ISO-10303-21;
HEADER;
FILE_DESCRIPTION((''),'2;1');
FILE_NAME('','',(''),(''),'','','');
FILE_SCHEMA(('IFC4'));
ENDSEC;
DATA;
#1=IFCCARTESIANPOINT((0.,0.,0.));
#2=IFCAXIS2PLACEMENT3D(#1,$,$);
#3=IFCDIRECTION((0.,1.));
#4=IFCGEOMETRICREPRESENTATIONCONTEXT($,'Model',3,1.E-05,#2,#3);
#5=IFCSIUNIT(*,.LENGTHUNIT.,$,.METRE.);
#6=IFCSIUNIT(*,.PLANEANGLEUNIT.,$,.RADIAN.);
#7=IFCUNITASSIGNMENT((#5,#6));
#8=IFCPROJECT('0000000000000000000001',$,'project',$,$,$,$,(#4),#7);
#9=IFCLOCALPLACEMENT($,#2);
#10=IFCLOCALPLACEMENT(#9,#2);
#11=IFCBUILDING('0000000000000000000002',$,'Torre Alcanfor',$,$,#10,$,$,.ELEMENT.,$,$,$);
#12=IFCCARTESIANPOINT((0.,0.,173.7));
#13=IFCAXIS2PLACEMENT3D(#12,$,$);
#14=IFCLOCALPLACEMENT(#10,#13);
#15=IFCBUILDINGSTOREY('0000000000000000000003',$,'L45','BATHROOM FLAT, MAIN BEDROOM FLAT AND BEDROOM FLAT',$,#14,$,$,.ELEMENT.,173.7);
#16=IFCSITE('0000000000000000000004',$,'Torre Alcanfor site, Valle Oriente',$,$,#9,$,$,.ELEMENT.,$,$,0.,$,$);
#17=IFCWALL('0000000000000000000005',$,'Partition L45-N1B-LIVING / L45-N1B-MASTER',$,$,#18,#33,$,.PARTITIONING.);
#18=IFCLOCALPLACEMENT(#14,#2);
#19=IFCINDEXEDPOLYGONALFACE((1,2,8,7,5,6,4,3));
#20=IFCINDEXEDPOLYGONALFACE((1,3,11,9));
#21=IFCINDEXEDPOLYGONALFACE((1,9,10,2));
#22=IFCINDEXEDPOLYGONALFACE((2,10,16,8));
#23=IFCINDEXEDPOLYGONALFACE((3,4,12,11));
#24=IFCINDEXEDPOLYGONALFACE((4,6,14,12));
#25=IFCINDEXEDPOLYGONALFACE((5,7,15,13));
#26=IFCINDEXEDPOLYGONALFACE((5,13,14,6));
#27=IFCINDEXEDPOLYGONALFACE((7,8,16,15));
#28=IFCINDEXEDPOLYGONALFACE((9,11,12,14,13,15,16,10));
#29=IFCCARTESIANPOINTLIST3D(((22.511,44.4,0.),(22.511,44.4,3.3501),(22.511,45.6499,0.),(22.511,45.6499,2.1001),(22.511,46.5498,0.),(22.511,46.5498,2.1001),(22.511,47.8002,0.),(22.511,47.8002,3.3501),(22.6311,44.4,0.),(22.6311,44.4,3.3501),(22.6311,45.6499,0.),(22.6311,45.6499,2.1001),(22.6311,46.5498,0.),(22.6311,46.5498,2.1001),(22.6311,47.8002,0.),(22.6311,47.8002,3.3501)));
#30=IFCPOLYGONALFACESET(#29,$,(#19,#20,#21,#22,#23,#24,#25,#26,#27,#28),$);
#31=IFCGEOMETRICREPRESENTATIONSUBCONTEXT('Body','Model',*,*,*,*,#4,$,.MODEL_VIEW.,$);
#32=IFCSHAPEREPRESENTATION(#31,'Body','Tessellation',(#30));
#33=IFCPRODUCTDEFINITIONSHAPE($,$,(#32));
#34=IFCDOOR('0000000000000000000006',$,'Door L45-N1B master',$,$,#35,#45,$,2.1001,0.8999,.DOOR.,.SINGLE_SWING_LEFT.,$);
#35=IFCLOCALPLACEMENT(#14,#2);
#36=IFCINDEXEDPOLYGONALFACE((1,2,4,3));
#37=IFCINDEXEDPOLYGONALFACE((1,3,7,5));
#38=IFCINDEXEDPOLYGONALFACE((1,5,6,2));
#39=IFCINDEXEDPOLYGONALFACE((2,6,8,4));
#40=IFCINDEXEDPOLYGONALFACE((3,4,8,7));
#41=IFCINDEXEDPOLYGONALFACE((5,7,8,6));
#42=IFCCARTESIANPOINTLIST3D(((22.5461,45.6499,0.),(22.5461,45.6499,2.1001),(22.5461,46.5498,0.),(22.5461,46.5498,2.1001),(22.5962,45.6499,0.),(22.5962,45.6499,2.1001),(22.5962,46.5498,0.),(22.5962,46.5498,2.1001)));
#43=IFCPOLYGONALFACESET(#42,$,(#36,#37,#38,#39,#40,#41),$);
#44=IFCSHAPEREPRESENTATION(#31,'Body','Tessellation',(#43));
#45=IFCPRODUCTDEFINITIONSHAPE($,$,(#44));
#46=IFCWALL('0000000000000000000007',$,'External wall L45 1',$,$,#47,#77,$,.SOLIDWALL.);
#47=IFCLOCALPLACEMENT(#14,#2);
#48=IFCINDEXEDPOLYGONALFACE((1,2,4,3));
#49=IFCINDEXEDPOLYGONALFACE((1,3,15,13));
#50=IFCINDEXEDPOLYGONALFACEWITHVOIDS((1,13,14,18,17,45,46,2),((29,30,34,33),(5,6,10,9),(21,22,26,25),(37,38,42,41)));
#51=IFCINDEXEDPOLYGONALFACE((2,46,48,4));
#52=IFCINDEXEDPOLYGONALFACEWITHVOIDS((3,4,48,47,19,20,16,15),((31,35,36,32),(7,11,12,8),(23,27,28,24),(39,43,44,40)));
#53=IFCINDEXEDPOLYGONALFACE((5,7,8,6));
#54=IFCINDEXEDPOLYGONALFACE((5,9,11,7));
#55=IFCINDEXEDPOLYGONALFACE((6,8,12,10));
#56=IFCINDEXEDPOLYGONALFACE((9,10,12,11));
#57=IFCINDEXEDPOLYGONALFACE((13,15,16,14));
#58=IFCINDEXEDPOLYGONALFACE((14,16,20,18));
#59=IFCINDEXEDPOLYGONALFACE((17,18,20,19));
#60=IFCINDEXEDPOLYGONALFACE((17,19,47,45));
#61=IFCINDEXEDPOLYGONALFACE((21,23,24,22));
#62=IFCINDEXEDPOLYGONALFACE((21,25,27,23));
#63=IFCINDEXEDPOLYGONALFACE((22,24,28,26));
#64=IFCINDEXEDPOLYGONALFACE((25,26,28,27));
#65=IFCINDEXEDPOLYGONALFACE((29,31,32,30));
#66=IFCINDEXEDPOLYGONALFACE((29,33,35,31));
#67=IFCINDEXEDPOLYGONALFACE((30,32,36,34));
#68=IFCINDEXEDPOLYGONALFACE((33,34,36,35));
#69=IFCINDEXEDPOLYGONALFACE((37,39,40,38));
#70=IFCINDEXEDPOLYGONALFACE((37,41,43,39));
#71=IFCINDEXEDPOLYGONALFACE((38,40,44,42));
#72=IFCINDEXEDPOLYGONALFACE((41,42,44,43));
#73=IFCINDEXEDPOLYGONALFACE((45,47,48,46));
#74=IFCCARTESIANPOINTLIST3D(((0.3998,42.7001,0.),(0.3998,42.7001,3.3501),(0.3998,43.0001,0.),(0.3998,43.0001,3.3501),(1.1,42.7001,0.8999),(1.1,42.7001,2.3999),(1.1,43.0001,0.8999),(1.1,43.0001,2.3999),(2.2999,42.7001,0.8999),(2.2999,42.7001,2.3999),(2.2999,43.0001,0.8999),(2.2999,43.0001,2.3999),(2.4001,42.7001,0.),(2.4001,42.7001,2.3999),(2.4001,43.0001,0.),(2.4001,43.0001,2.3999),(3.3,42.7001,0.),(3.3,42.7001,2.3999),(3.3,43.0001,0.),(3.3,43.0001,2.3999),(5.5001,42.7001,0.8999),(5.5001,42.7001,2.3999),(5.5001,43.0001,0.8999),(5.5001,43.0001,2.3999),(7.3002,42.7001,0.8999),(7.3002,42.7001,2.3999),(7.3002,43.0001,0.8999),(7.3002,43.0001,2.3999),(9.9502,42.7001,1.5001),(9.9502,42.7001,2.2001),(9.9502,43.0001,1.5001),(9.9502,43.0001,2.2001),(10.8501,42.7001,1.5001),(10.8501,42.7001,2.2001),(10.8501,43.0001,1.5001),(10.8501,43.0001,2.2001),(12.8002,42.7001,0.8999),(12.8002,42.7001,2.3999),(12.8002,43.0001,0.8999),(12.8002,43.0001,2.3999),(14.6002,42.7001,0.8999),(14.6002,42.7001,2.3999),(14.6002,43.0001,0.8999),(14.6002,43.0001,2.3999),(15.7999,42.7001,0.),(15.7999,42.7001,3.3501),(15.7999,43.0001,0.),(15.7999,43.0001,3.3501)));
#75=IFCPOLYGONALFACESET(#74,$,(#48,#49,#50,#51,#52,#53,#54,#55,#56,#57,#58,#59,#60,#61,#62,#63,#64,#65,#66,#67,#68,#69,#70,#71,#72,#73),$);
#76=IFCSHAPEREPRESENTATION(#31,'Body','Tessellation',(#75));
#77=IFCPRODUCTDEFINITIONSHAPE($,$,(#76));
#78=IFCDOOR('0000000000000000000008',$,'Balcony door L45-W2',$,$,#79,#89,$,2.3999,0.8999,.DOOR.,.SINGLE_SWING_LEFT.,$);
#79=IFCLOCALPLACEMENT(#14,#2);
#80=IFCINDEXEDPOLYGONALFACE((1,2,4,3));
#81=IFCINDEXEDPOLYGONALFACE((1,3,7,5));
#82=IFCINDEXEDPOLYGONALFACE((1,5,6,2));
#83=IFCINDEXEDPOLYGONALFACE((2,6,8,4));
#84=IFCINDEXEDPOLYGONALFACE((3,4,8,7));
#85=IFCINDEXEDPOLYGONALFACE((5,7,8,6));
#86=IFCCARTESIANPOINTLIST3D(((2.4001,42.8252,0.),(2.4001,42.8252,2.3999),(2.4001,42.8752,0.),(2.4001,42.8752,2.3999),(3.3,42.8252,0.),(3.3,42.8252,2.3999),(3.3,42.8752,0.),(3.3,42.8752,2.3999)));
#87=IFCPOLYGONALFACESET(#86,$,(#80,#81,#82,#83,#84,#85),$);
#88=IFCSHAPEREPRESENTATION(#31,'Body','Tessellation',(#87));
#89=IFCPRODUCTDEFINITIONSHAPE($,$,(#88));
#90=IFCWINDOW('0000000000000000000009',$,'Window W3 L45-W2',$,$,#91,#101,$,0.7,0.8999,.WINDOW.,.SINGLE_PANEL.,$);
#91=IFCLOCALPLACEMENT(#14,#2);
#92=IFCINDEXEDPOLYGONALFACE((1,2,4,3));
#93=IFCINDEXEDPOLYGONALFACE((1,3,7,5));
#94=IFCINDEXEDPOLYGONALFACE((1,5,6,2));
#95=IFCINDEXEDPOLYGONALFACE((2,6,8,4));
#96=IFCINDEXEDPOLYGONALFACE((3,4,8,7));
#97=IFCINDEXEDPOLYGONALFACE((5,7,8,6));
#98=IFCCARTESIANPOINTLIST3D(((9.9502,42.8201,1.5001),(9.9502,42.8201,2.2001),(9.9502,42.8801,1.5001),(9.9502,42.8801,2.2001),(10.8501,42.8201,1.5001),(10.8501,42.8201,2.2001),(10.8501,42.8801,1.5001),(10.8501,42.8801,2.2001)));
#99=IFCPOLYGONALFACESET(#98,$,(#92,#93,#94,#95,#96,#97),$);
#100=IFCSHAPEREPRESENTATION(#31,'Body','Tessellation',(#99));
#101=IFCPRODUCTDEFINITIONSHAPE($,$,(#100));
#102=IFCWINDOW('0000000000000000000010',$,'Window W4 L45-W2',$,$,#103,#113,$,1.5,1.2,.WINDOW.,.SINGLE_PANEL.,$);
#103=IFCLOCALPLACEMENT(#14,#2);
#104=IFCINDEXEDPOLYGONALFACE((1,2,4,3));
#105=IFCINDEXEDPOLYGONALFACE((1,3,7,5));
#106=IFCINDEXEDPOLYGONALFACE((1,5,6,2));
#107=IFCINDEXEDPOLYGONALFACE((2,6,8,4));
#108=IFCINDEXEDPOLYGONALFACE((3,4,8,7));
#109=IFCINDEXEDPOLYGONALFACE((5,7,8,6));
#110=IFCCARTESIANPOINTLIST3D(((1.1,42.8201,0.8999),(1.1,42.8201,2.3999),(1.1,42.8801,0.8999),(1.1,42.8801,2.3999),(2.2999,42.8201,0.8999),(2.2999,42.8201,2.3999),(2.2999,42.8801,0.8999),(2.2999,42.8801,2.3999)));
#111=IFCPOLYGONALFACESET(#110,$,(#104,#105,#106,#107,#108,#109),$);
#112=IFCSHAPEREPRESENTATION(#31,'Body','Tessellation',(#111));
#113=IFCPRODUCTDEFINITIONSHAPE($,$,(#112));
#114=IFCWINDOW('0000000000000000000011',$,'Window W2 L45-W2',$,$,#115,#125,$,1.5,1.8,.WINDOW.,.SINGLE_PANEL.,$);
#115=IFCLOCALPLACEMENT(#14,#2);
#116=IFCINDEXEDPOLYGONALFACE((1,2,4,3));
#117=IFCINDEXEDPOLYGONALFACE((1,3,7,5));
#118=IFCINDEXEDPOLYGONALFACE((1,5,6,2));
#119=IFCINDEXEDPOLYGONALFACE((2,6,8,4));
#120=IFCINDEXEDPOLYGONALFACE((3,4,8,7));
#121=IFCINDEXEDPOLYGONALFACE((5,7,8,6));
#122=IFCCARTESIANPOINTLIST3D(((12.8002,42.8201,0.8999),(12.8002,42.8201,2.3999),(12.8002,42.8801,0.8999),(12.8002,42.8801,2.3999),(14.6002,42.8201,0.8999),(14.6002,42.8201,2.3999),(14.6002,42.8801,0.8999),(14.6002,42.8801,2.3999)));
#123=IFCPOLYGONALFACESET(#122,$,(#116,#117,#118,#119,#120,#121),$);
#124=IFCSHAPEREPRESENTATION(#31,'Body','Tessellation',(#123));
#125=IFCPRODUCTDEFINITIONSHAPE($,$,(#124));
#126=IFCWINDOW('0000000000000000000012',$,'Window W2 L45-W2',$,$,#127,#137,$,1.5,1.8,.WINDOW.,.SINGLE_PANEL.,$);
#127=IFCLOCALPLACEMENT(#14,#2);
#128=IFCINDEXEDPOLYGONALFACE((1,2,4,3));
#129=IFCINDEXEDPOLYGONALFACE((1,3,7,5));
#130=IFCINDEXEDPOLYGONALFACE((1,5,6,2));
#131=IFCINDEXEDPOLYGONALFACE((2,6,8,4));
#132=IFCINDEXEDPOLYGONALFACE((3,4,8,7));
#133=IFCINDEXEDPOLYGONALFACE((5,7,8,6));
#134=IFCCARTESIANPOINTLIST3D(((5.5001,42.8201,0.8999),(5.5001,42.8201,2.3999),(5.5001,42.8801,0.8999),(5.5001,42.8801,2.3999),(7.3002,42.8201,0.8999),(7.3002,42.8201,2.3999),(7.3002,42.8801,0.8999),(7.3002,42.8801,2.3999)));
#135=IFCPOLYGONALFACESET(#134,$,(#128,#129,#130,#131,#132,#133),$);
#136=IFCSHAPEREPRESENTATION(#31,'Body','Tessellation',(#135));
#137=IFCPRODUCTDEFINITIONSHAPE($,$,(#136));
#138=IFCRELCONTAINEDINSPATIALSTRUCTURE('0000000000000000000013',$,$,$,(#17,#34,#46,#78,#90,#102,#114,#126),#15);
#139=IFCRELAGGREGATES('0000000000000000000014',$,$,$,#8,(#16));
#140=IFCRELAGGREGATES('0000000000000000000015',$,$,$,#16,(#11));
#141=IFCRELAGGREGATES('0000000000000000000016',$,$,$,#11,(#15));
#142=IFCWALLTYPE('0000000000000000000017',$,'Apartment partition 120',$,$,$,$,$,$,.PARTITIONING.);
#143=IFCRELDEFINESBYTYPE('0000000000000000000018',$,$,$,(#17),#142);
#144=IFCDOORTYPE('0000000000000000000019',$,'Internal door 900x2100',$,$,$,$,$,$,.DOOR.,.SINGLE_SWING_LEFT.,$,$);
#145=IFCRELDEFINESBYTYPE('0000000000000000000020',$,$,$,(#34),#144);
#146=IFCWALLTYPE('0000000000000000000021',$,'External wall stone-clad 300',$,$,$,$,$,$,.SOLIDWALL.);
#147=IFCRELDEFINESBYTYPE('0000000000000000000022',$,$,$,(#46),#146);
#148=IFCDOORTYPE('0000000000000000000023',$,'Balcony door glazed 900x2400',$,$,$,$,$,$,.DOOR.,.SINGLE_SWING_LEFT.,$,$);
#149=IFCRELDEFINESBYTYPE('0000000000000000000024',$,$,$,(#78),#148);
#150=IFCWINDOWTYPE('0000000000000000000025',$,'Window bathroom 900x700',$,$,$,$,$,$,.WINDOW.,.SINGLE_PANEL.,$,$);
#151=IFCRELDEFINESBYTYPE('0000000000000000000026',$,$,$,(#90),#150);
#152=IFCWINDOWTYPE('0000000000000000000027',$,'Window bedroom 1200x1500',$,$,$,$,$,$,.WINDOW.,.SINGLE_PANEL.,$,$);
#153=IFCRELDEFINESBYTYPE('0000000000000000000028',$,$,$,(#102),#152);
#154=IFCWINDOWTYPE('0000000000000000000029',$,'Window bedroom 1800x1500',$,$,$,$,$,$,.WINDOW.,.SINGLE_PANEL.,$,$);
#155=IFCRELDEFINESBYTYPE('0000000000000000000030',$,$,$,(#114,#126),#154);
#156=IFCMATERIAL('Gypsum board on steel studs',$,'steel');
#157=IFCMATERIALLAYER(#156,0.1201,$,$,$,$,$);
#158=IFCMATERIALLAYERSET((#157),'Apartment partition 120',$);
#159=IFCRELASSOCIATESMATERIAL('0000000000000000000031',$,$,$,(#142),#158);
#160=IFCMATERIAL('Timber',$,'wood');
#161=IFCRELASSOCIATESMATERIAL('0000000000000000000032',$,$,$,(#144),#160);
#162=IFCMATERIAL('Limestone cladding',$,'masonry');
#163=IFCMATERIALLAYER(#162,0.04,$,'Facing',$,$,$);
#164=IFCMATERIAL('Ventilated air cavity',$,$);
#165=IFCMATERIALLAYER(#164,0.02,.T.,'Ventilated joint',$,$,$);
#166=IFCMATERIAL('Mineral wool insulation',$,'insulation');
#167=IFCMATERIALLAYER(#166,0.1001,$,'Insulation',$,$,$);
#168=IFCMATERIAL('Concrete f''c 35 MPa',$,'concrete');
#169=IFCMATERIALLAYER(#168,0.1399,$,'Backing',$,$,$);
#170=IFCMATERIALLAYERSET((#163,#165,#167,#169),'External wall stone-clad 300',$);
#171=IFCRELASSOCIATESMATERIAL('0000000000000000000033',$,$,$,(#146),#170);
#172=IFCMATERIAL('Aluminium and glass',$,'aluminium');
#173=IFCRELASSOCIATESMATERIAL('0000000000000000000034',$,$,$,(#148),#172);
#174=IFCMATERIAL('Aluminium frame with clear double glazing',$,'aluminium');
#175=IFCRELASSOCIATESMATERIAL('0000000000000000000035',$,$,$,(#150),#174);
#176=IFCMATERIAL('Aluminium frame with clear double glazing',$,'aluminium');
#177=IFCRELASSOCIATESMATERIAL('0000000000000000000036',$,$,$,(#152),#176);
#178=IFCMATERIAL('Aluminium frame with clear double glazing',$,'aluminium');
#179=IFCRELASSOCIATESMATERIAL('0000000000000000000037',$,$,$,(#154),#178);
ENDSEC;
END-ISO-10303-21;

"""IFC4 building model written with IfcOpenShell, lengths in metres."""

from ifc_helpers import new_model, si_unit, direction, frame, frame_2d, origin, place, context, subcontext, project, spatial, rectangle, extrude, material, layer, layer_set, type_object, element, fill, save


model = new_model("IFC4")

# Units and contexts
model_context = context("Model", 3, precision=1e-05, world=origin(), true_north=direction((0.0, 1.0)))
body_context = subcontext(model_context, "Body", "Model", "MODEL_VIEW")
ifc_project = project(units=[si_unit("LENGTHUNIT", "METRE"), si_unit("PLANEANGLEUNIT", "RADIAN")], contexts=[model_context])

# Site, building, storey
site_placement = place(None, origin())
site = spatial("IfcSite", under=ifc_project, at=site_placement, Name="Torre Alcanfor site, Valle Oriente", CompositionType="ELEMENT", RefElevation=0.0)
building_placement = place(site_placement, origin())
building = spatial("IfcBuilding", under=site, at=building_placement, Name="Torre Alcanfor", CompositionType="ELEMENT")
storey_placement = place(building_placement, frame((0.0, 0.0, 173.7)))
storey = spatial("IfcBuildingStorey", under=building, at=storey_placement, Name="L45", Description="BATHROOM FLAT, MAIN BEDROOM FLAT AND BEDROOM FLAT", CompositionType="ELEMENT", Elevation=173.7)

# Wall, opening, door
ifc_material_1 = material(Name="Gypsum board on steel studs", Category="steel")
ifc_layer_1 = layer(ifc_material_1, 0.1201)
ifc_layer_set_1 = layer_set([ifc_layer_1], Name="Apartment partition 120")
wall_type_1 = type_object("IfcWallType", Name="Apartment partition 120", PredefinedType="PARTITIONING", material=ifc_layer_set_1)
wall_1_placement = place(storey_placement, frame((22.571, 44.3999, 0.0), z_axis=(0.0, 0.0, 1.0), x_axis=(0.0, 1.0, 0.0)))
wall_1 = element("IfcWall", 1, at=wall_1_placement, inside=storey, type_object=wall_type_1, Name="Partition L45-N1B-LIVING / L45-N1B-MASTER", PredefinedType="PARTITIONING", context=body_context, shape_type="SweptSolid", body=[
    extrude(rectangle(XDim=3.4001, YDim=0.1201, at=frame_2d((1.7002, 0.0))), origin(), (0.0, 0.0, 1.0), 3.3501),
])
opening_1_placement = place(wall_1_placement, frame((1.25, 0.0, 0.0)))
opening_1 = element("IfcOpeningElement", 2, at=opening_1_placement, cuts=wall_1, PredefinedType="OPENING", context=body_context, shape_type="SweptSolid", body=[
    extrude(rectangle(XDim=0.8999, YDim=2.1001, at=frame_2d((0.45, 1.05))), frame((0.0, 0.0701, 0.0), z_axis=(0.0, -1.0, 0.0), x_axis=(1.0, 0.0, 0.0)), (0.0, 0.0, 1.0), 0.1401),
])
ifc_material_2 = material(Name="Timber", Category="wood")
door_type_1 = type_object("IfcDoorType", Name="Internal door 900x2100", OperationType="SINGLE_SWING_LEFT", PredefinedType="DOOR", material=ifc_material_2)
door_1_placement = place(opening_1_placement, origin())
door_1 = element("IfcDoor", 3, at=door_1_placement, inside=storey, type_object=door_type_1, Name="Door L45-N1B master", OperationType="SINGLE_SWING_LEFT", OverallHeight=2.1001, OverallWidth=0.8999, PredefinedType="DOOR", context=body_context, shape_type="SweptSolid", body=[
    extrude(rectangle(XDim=0.8999, YDim=2.1001, at=frame_2d((0.45, 1.05))), frame((0.0, 0.0249, 0.0), z_axis=(0.0, -1.0, 0.0), x_axis=(1.0, 0.0, 0.0)), (0.0, 0.0, 1.0), 0.05),
])
fill(opening_1, door_1)

# Wall, openings, door, windows
ifc_material_3 = material(Name="Limestone cladding", Category="masonry")
ifc_layer_2 = layer(ifc_material_3, 0.04, Name="Facing")
ifc_material_4 = material(Name="Ventilated air cavity")
ifc_layer_3 = layer(ifc_material_4, 0.02, ventilated=True, Name="Ventilated joint")
ifc_material_5 = material(Name="Mineral wool insulation", Category="insulation")
ifc_layer_4 = layer(ifc_material_5, 0.1001, Name="Insulation")
ifc_material_6 = material(Name="Concrete f'c 35 MPa", Category="concrete")
ifc_layer_5 = layer(ifc_material_6, 0.1399, Name="Backing")
ifc_layer_set_2 = layer_set([ifc_layer_2, ifc_layer_3, ifc_layer_4, ifc_layer_5], Name="External wall stone-clad 300")
wall_type_2 = type_object("IfcWallType", Name="External wall stone-clad 300", PredefinedType="SOLIDWALL", material=ifc_layer_set_2)
wall_2_placement = place(storey_placement, frame((15.8, 42.8501, 0.0), z_axis=(0.0, 0.0, 1.0), x_axis=(-1.0, 0.0, 0.0)))
wall_2 = element("IfcWall", 4, at=wall_2_placement, inside=storey, type_object=wall_type_2, Name="External wall L45 1", PredefinedType="SOLIDWALL", context=body_context, shape_type="SweptSolid", body=[
    extrude(rectangle(XDim=15.4001, YDim=0.3, at=frame_2d((7.7002, 0.0))), origin(), (0.0, 0.0, 1.0), 3.3501),
])
opening_2_placement = place(wall_2_placement, frame((1.2, 0.0, 0.8999)))
opening_2 = element("IfcOpeningElement", 5, at=opening_2_placement, cuts=wall_2, PredefinedType="OPENING", context=body_context, shape_type="SweptSolid", body=[
    extrude(rectangle(XDim=1.8, YDim=1.5, at=frame_2d((0.8999, 0.75))), frame((0.0, 0.1599, 0.0), z_axis=(0.0, -1.0, 0.0), x_axis=(1.0, 0.0, 0.0)), (0.0, 0.0, 1.0), 0.3201),
])
opening_3_placement = place(wall_2_placement, frame((4.95, 0.0, 1.5)))
opening_3 = element("IfcOpeningElement", 6, at=opening_3_placement, cuts=wall_2, PredefinedType="OPENING", context=body_context, shape_type="SweptSolid", body=[
    extrude(rectangle(XDim=0.8999, YDim=0.7, at=frame_2d((0.45, 0.3501))), frame((0.0, 0.1599, 0.0), z_axis=(0.0, -1.0, 0.0), x_axis=(1.0, 0.0, 0.0)), (0.0, 0.0, 1.0), 0.3201),
])
opening_4_placement = place(wall_2_placement, frame((8.5, 0.0, 0.8999)))
opening_4 = element("IfcOpeningElement", 7, at=opening_4_placement, cuts=wall_2, PredefinedType="OPENING", context=body_context, shape_type="SweptSolid", body=[
    extrude(rectangle(XDim=1.8, YDim=1.5, at=frame_2d((0.8999, 0.75))), frame((0.0, 0.1599, 0.0), z_axis=(0.0, -1.0, 0.0), x_axis=(1.0, 0.0, 0.0)), (0.0, 0.0, 1.0), 0.3201),
])
opening_5_placement = place(wall_2_placement, frame((12.5, 0.0, 0.0)))
opening_5 = element("IfcOpeningElement", 8, at=opening_5_placement, cuts=wall_2, PredefinedType="OPENING", context=body_context, shape_type="SweptSolid", body=[
    extrude(rectangle(XDim=0.8999, YDim=2.3999, at=frame_2d((0.45, 1.2))), frame((0.0, 0.1599, 0.0), z_axis=(0.0, -1.0, 0.0), x_axis=(1.0, 0.0, 0.0)), (0.0, 0.0, 1.0), 0.3201),
])
opening_6_placement = place(wall_2_placement, frame((13.5, 0.0, 0.8999)))
opening_6 = element("IfcOpeningElement", 9, at=opening_6_placement, cuts=wall_2, PredefinedType="OPENING", context=body_context, shape_type="SweptSolid", body=[
    extrude(rectangle(XDim=1.2, YDim=1.5, at=frame_2d((0.6001, 0.75))), frame((0.0, 0.1599, 0.0), z_axis=(0.0, -1.0, 0.0), x_axis=(1.0, 0.0, 0.0)), (0.0, 0.0, 1.0), 0.3201),
])
ifc_material_7 = material(Name="Aluminium and glass", Category="aluminium")
door_type_2 = type_object("IfcDoorType", Name="Balcony door glazed 900x2400", OperationType="SINGLE_SWING_LEFT", PredefinedType="DOOR", material=ifc_material_7)
door_2_placement = place(opening_5_placement, origin())
door_2 = element("IfcDoor", 10, at=door_2_placement, inside=storey, type_object=door_type_2, Name="Balcony door L45-W2", OperationType="SINGLE_SWING_LEFT", OverallHeight=2.3999, OverallWidth=0.8999, PredefinedType="DOOR", context=body_context, shape_type="SweptSolid", body=[
    extrude(rectangle(XDim=0.8999, YDim=2.3999, at=frame_2d((0.45, 1.2))), frame((0.0, 0.0249, 0.0), z_axis=(0.0, -1.0, 0.0), x_axis=(1.0, 0.0, 0.0)), (0.0, 0.0, 1.0), 0.05),
])
fill(opening_5, door_2)
ifc_material_8 = material(Name="Aluminium frame with clear double glazing", Category="aluminium")
window_type_1 = type_object("IfcWindowType", Name="Window bathroom 900x700", PartitioningType="SINGLE_PANEL", PredefinedType="WINDOW", material=ifc_material_8)
window_1_placement = place(opening_3_placement, origin())
window_1 = element("IfcWindow", 11, at=window_1_placement, inside=storey, type_object=window_type_1, Name="Window W3 L45-W2", OverallHeight=0.7, OverallWidth=0.8999, PartitioningType="SINGLE_PANEL", PredefinedType="WINDOW", context=body_context, shape_type="SweptSolid", body=[
    extrude(rectangle(XDim=0.8999, YDim=0.7, at=frame_2d((0.45, 0.3501))), frame((0.0, 0.03, 0.0), z_axis=(0.0, -1.0, 0.0), x_axis=(1.0, 0.0, 0.0)), (0.0, 0.0, 1.0), 0.0601),
])
fill(opening_3, window_1)
ifc_material_9 = material(Name="Aluminium frame with clear double glazing", Category="aluminium")
window_type_2 = type_object("IfcWindowType", Name="Window bedroom 1200x1500", PartitioningType="SINGLE_PANEL", PredefinedType="WINDOW", material=ifc_material_9)
window_2_placement = place(opening_6_placement, origin())
window_2 = element("IfcWindow", 12, at=window_2_placement, inside=storey, type_object=window_type_2, Name="Window W4 L45-W2", OverallHeight=1.5, OverallWidth=1.2, PartitioningType="SINGLE_PANEL", PredefinedType="WINDOW", context=body_context, shape_type="SweptSolid", body=[
    extrude(rectangle(XDim=1.2, YDim=1.5, at=frame_2d((0.6001, 0.75))), frame((0.0, 0.03, 0.0), z_axis=(0.0, -1.0, 0.0), x_axis=(1.0, 0.0, 0.0)), (0.0, 0.0, 1.0), 0.0601),
])
fill(opening_6, window_2)
ifc_material_10 = material(Name="Aluminium frame with clear double glazing", Category="aluminium")
window_type_3 = type_object("IfcWindowType", Name="Window bedroom 1800x1500", PartitioningType="SINGLE_PANEL", PredefinedType="WINDOW", material=ifc_material_10)
window_3_placement = place(opening_2_placement, origin())
window_3 = element("IfcWindow", 13, at=window_3_placement, inside=storey, type_object=window_type_3, Name="Window W2 L45-W2", OverallHeight=1.5, OverallWidth=1.8, PartitioningType="SINGLE_PANEL", PredefinedType="WINDOW", context=body_context, shape_type="SweptSolid", body=[
    extrude(rectangle(XDim=1.8, YDim=1.5, at=frame_2d((0.8999, 0.75))), frame((0.0, 0.03, 0.0), z_axis=(0.0, -1.0, 0.0), x_axis=(1.0, 0.0, 0.0)), (0.0, 0.0, 1.0), 0.0601),
])
fill(opening_2, window_3)
window_4_placement = place(opening_4_placement, origin())
window_4 = element("IfcWindow", 14, at=window_4_placement, inside=storey, type_object=window_type_3, Name="Window W2 L45-W2", OverallHeight=1.5, OverallWidth=1.8, PartitioningType="SINGLE_PANEL", PredefinedType="WINDOW", context=body_context, shape_type="SweptSolid", body=[
    extrude(rectangle(XDim=1.8, YDim=1.5, at=frame_2d((0.8999, 0.75))), frame((0.0, 0.03, 0.0), z_axis=(0.0, -1.0, 0.0), x_axis=(1.0, 0.0, 0.0)), (0.0, 0.0, 1.0), 0.0601),
])
fill(opening_4, window_4)

save(model, "model.ifc")
